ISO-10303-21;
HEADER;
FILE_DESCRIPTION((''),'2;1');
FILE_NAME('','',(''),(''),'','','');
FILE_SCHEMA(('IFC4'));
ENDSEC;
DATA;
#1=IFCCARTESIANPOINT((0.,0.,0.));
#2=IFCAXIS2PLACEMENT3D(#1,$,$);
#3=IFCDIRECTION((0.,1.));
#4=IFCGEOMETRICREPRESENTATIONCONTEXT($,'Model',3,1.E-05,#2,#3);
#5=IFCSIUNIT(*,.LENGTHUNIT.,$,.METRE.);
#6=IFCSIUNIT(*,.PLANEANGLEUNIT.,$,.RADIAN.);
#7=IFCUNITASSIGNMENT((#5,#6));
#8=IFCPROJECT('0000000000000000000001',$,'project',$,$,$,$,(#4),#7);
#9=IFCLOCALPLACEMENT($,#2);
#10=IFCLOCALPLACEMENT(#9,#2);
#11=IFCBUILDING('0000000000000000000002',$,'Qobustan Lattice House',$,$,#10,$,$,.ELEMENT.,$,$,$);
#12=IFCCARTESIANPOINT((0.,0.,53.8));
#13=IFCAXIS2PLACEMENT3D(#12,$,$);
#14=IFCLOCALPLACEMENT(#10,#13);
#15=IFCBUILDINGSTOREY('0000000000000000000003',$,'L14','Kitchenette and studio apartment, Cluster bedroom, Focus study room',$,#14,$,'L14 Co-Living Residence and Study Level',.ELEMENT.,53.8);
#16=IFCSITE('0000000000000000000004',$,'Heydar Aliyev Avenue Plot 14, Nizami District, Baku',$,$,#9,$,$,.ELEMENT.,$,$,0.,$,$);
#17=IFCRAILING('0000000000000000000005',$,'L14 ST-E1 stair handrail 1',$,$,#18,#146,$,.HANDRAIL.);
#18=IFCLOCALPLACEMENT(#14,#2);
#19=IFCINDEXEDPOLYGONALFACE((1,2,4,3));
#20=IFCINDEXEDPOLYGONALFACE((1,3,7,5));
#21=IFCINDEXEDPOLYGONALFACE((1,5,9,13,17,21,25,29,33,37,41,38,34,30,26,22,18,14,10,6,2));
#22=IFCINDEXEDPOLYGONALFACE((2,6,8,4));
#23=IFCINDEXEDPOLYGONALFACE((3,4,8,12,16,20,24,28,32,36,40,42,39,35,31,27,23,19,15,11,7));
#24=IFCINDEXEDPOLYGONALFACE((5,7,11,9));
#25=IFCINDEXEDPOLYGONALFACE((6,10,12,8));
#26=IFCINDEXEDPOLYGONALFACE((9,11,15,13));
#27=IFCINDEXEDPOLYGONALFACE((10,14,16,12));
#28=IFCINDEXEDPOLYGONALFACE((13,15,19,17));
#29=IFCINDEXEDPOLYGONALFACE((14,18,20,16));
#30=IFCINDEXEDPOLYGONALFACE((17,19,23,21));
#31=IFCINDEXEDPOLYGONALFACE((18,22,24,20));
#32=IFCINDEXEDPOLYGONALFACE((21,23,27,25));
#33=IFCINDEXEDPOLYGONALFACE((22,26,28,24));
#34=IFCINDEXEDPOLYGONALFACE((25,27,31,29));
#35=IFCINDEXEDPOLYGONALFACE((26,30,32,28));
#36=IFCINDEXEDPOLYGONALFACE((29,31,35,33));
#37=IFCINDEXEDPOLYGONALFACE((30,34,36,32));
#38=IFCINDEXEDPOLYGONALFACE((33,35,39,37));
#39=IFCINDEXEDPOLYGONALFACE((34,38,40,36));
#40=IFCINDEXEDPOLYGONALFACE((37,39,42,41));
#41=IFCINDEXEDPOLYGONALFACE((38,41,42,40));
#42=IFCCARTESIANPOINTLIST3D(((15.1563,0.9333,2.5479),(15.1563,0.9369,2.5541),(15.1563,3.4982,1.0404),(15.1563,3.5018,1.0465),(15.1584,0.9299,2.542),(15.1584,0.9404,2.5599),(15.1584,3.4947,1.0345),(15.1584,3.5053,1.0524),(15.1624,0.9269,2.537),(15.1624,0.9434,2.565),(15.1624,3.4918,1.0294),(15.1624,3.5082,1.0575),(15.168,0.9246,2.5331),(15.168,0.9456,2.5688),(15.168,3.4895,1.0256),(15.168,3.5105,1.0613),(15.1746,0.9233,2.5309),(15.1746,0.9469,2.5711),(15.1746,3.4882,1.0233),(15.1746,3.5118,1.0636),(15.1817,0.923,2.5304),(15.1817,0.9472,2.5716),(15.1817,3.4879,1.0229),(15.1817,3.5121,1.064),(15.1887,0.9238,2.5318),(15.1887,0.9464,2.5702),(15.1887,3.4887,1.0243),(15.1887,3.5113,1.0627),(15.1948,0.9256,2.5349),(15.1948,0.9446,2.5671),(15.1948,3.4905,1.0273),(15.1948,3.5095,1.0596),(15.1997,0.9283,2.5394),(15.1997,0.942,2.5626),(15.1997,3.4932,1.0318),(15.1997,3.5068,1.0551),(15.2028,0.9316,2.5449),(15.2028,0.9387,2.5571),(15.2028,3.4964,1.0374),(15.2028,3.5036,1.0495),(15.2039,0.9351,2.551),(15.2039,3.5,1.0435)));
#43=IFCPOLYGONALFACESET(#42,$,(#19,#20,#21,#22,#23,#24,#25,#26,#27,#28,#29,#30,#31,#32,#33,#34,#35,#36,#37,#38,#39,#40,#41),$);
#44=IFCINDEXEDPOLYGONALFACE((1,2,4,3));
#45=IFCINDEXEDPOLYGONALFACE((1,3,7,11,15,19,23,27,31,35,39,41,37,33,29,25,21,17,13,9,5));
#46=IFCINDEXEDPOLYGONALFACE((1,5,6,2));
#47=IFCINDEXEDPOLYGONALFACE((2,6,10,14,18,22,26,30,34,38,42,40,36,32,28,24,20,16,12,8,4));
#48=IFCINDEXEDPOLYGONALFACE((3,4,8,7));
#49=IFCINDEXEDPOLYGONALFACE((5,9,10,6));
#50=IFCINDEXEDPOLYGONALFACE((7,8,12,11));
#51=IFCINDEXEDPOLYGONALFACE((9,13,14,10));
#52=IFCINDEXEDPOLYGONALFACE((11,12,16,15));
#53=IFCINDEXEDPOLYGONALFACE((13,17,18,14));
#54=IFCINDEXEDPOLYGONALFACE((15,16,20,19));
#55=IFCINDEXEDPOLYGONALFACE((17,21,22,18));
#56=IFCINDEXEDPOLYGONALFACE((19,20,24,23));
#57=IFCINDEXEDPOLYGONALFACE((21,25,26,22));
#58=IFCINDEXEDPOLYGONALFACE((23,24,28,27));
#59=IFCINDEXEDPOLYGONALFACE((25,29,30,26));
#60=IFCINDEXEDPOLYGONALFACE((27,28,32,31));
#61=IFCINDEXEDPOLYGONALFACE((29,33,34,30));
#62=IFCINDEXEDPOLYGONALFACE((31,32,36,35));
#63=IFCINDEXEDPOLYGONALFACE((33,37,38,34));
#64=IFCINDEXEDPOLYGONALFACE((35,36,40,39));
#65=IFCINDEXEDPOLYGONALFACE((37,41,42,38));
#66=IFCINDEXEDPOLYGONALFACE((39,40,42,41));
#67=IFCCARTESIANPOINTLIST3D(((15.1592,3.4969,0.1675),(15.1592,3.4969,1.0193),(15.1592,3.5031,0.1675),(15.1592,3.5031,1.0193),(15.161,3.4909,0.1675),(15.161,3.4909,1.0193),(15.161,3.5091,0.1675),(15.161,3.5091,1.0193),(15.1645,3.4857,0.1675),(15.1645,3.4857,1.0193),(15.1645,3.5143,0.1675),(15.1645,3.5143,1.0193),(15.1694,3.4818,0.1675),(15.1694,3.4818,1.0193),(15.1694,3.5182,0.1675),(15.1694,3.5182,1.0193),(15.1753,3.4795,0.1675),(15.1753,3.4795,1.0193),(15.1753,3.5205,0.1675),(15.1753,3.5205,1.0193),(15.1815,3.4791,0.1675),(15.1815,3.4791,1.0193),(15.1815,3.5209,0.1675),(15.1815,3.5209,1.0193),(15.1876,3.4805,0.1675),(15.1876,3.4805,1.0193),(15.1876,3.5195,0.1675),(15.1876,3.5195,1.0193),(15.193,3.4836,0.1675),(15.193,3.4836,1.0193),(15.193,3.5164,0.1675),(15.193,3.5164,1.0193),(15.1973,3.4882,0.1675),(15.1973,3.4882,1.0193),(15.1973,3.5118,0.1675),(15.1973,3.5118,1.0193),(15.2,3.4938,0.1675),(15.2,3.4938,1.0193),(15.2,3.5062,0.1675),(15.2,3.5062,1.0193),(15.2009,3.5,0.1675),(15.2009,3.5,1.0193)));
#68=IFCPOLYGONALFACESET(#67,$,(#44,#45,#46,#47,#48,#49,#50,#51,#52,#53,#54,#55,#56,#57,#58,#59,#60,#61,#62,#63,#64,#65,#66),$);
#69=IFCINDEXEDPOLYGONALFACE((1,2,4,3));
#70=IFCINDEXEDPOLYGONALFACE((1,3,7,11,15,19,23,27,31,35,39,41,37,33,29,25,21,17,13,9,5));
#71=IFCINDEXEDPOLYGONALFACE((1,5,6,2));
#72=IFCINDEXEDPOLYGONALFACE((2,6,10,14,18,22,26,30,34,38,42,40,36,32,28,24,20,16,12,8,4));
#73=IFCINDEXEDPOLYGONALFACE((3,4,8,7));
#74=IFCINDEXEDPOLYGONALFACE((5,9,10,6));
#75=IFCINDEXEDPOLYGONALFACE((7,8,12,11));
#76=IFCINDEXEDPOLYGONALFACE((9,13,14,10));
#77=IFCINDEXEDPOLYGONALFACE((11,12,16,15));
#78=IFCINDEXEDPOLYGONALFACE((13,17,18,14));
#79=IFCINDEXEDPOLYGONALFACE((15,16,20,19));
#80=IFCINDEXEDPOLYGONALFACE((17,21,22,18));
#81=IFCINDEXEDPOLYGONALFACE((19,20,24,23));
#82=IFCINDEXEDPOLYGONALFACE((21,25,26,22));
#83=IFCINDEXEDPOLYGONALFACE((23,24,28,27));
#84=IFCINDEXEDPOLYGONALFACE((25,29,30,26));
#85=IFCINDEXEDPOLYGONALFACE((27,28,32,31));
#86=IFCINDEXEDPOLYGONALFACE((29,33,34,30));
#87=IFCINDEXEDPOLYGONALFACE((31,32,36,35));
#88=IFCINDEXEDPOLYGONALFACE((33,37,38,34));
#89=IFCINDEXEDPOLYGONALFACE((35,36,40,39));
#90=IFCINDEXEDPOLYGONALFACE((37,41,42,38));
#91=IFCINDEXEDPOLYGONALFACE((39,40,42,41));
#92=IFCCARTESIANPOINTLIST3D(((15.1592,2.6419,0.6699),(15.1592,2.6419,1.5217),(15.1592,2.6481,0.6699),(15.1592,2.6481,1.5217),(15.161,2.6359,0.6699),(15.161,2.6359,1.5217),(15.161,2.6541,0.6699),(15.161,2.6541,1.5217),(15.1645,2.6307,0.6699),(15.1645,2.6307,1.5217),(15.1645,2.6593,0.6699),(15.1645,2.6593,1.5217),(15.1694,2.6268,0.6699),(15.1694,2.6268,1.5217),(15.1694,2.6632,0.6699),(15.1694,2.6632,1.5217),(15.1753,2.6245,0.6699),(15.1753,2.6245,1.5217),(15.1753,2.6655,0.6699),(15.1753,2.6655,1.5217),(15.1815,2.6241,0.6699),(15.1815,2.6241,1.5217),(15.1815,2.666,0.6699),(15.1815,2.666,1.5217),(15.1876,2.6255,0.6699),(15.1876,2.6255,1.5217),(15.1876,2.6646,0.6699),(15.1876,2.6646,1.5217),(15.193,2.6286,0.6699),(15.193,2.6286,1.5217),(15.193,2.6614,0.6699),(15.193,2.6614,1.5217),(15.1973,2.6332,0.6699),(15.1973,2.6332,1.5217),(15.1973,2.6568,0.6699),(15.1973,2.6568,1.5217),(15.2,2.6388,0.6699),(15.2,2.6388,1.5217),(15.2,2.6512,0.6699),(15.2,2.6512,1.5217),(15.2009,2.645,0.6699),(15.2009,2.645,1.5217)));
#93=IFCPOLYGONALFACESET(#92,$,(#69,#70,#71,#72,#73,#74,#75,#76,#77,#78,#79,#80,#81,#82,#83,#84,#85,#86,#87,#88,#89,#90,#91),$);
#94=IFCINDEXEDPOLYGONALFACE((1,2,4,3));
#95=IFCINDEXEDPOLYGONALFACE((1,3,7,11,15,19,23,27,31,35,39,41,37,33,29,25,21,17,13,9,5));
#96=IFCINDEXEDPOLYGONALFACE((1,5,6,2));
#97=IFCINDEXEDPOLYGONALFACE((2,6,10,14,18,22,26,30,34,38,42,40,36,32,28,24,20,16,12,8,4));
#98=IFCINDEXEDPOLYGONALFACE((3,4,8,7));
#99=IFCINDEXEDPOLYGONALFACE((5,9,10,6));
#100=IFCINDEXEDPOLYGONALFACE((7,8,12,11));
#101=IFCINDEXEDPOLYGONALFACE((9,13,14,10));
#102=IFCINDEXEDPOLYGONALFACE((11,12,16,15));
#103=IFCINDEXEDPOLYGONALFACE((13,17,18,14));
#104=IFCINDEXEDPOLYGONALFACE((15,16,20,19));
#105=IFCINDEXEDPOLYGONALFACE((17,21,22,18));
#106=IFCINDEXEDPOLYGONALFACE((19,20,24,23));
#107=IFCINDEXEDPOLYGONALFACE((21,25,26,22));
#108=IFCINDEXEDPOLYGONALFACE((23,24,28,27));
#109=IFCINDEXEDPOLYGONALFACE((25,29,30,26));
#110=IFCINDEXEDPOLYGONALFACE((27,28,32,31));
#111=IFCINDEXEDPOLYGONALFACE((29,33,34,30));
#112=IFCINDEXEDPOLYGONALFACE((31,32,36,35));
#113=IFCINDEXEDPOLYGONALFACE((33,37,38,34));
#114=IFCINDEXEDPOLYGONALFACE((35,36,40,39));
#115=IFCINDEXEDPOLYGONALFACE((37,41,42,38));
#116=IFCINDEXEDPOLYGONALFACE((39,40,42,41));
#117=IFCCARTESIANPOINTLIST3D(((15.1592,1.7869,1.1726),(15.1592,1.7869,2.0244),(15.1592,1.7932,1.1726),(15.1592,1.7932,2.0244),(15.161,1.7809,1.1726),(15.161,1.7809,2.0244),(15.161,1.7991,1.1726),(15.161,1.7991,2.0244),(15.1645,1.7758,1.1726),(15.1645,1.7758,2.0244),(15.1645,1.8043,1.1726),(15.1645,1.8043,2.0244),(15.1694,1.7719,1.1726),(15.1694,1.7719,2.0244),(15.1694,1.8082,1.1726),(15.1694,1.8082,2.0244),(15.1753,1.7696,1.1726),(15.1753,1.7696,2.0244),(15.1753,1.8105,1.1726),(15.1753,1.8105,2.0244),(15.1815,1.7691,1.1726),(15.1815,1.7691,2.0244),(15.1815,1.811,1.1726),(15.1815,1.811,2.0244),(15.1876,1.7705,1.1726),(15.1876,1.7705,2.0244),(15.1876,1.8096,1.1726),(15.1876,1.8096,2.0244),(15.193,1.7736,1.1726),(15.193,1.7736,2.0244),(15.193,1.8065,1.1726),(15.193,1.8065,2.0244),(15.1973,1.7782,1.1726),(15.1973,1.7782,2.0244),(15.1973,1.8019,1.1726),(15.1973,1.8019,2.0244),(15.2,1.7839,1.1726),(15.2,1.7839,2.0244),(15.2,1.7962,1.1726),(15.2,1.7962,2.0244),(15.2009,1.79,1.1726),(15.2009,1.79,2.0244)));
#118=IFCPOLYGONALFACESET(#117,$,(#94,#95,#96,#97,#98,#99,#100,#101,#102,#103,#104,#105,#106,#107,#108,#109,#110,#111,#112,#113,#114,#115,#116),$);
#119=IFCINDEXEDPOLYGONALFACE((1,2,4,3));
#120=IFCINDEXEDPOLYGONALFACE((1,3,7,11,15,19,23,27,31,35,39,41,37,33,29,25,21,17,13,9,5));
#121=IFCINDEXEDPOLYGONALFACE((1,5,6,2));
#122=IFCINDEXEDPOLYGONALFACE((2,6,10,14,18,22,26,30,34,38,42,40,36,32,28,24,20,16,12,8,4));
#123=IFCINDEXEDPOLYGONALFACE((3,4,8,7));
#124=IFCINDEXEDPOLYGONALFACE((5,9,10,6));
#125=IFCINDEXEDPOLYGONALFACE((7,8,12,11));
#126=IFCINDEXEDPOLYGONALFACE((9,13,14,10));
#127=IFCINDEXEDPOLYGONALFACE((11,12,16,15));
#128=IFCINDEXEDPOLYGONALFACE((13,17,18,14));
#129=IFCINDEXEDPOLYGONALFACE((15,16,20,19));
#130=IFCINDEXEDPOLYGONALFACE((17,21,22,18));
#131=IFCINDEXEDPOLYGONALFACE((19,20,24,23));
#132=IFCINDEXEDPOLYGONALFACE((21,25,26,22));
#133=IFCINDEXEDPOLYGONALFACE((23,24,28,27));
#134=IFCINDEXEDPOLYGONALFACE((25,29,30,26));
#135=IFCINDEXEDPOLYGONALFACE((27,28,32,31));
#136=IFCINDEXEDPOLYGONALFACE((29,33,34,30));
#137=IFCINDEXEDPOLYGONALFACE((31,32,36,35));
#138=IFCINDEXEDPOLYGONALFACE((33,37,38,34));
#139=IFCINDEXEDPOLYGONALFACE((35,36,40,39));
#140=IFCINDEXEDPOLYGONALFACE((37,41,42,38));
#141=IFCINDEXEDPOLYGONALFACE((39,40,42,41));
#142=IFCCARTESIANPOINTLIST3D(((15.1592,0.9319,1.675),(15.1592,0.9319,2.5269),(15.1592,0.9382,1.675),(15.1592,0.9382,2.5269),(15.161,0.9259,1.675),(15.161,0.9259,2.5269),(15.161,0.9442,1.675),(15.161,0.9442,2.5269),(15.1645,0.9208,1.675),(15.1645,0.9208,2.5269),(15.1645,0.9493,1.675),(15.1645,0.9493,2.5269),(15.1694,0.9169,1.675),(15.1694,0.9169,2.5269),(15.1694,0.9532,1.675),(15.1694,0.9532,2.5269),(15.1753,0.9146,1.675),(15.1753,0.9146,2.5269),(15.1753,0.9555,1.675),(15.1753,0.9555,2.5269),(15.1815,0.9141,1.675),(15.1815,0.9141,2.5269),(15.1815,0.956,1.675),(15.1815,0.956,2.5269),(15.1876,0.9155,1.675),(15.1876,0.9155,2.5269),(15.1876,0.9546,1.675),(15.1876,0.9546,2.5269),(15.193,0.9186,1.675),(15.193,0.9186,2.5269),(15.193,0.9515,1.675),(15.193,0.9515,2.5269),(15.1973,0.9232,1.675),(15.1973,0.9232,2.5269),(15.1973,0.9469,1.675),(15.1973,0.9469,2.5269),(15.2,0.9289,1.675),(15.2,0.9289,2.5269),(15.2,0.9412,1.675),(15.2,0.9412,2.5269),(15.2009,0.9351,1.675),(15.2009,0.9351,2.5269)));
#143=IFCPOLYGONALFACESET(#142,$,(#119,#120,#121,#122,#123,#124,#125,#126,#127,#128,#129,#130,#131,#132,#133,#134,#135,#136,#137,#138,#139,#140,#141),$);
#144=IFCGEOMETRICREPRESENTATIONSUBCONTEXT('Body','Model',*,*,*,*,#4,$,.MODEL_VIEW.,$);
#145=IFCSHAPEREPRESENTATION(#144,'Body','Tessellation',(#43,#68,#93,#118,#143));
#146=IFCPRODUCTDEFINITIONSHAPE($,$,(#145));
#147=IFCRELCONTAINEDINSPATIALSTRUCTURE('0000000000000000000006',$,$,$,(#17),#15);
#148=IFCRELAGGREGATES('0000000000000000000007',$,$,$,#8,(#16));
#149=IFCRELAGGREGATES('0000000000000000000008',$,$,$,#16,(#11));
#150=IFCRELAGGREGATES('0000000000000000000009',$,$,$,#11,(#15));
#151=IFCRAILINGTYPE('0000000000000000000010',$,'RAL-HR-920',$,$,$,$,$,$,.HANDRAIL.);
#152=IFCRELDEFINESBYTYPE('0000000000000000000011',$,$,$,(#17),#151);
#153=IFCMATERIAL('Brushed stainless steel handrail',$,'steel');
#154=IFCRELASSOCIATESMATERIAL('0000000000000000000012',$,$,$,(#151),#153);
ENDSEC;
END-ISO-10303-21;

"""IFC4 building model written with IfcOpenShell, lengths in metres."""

from ifc_helpers import new_model, si_unit, direction, frame, origin, origin_2d, place, context, subcontext, project, spatial, circle, extrude, material, type_object, element, save


model = new_model("IFC4")

# Units and contexts
model_context = context("Model", 3, precision=1e-05, world=origin(), true_north=direction((0.0, 1.0)))
body_context = subcontext(model_context, "Body", "Model", "MODEL_VIEW")
ifc_project = project(units=[si_unit("LENGTHUNIT", "METRE"), si_unit("PLANEANGLEUNIT", "RADIAN")], contexts=[model_context])

# Site, building, storey
site_placement = place(None, origin())
site = spatial("IfcSite", under=ifc_project, at=site_placement, Name="Heydar Aliyev Avenue Plot 14, Nizami District, Baku", CompositionType="ELEMENT", RefElevation=0.0)
building_placement = place(site_placement, origin())
building = spatial("IfcBuilding", under=site, at=building_placement, Name="Qobustan Lattice House", CompositionType="ELEMENT")
storey_placement = place(building_placement, frame((0.0, 0.0, 53.8)))
storey = spatial("IfcBuildingStorey", under=building, at=storey_placement, Name="L14", Description="Kitchenette and studio apartment, Cluster bedroom, Focus study room", LongName="L14 Co-Living Residence and Study Level", CompositionType="ELEMENT", Elevation=53.8)

# Railing
ifc_material_1 = material(Name="Brushed stainless steel handrail", Category="steel")
railing_type_1 = type_object("IfcRailingType", Name="RAL-HR-920", PredefinedType="HANDRAIL", material=ifc_material_1)
railing_1_placement = place(storey_placement, frame((15.1799, 3.5, 0.1675)))
element("IfcRailing", 1, at=railing_1_placement, inside=storey, type_object=railing_type_1, Name="L14 ST-E1 stair handrail 1", PredefinedType="HANDRAIL", context=body_context, shape_type="SweptSolid", body=[
    extrude(circle(Radius=0.0239, at=origin_2d()), frame((0.0, 0.0, 0.876), z_axis=(0.0, -0.862113, 0.506715), x_axis=(1.0, 0.0, 0.0)), (0.0, 0.0, 1.0), 2.9751),
    extrude(circle(Radius=0.021, at=origin_2d()), origin(), (0.0, 0.0, 1.0), 0.8518),
    extrude(circle(Radius=0.021, at=origin_2d()), frame((0.0, -0.855, 0.5024)), (0.0, 0.0, 1.0), 0.8518),
    extrude(circle(Radius=0.021, at=origin_2d()), frame((0.0, -1.71, 1.0051)), (0.0, 0.0, 1.0), 0.8518),
    extrude(circle(Radius=0.021, at=origin_2d()), frame((0.0, -2.5649, 1.5076)), (0.0, 0.0, 1.0), 0.8518),
])

save(model, "model.ifc")
